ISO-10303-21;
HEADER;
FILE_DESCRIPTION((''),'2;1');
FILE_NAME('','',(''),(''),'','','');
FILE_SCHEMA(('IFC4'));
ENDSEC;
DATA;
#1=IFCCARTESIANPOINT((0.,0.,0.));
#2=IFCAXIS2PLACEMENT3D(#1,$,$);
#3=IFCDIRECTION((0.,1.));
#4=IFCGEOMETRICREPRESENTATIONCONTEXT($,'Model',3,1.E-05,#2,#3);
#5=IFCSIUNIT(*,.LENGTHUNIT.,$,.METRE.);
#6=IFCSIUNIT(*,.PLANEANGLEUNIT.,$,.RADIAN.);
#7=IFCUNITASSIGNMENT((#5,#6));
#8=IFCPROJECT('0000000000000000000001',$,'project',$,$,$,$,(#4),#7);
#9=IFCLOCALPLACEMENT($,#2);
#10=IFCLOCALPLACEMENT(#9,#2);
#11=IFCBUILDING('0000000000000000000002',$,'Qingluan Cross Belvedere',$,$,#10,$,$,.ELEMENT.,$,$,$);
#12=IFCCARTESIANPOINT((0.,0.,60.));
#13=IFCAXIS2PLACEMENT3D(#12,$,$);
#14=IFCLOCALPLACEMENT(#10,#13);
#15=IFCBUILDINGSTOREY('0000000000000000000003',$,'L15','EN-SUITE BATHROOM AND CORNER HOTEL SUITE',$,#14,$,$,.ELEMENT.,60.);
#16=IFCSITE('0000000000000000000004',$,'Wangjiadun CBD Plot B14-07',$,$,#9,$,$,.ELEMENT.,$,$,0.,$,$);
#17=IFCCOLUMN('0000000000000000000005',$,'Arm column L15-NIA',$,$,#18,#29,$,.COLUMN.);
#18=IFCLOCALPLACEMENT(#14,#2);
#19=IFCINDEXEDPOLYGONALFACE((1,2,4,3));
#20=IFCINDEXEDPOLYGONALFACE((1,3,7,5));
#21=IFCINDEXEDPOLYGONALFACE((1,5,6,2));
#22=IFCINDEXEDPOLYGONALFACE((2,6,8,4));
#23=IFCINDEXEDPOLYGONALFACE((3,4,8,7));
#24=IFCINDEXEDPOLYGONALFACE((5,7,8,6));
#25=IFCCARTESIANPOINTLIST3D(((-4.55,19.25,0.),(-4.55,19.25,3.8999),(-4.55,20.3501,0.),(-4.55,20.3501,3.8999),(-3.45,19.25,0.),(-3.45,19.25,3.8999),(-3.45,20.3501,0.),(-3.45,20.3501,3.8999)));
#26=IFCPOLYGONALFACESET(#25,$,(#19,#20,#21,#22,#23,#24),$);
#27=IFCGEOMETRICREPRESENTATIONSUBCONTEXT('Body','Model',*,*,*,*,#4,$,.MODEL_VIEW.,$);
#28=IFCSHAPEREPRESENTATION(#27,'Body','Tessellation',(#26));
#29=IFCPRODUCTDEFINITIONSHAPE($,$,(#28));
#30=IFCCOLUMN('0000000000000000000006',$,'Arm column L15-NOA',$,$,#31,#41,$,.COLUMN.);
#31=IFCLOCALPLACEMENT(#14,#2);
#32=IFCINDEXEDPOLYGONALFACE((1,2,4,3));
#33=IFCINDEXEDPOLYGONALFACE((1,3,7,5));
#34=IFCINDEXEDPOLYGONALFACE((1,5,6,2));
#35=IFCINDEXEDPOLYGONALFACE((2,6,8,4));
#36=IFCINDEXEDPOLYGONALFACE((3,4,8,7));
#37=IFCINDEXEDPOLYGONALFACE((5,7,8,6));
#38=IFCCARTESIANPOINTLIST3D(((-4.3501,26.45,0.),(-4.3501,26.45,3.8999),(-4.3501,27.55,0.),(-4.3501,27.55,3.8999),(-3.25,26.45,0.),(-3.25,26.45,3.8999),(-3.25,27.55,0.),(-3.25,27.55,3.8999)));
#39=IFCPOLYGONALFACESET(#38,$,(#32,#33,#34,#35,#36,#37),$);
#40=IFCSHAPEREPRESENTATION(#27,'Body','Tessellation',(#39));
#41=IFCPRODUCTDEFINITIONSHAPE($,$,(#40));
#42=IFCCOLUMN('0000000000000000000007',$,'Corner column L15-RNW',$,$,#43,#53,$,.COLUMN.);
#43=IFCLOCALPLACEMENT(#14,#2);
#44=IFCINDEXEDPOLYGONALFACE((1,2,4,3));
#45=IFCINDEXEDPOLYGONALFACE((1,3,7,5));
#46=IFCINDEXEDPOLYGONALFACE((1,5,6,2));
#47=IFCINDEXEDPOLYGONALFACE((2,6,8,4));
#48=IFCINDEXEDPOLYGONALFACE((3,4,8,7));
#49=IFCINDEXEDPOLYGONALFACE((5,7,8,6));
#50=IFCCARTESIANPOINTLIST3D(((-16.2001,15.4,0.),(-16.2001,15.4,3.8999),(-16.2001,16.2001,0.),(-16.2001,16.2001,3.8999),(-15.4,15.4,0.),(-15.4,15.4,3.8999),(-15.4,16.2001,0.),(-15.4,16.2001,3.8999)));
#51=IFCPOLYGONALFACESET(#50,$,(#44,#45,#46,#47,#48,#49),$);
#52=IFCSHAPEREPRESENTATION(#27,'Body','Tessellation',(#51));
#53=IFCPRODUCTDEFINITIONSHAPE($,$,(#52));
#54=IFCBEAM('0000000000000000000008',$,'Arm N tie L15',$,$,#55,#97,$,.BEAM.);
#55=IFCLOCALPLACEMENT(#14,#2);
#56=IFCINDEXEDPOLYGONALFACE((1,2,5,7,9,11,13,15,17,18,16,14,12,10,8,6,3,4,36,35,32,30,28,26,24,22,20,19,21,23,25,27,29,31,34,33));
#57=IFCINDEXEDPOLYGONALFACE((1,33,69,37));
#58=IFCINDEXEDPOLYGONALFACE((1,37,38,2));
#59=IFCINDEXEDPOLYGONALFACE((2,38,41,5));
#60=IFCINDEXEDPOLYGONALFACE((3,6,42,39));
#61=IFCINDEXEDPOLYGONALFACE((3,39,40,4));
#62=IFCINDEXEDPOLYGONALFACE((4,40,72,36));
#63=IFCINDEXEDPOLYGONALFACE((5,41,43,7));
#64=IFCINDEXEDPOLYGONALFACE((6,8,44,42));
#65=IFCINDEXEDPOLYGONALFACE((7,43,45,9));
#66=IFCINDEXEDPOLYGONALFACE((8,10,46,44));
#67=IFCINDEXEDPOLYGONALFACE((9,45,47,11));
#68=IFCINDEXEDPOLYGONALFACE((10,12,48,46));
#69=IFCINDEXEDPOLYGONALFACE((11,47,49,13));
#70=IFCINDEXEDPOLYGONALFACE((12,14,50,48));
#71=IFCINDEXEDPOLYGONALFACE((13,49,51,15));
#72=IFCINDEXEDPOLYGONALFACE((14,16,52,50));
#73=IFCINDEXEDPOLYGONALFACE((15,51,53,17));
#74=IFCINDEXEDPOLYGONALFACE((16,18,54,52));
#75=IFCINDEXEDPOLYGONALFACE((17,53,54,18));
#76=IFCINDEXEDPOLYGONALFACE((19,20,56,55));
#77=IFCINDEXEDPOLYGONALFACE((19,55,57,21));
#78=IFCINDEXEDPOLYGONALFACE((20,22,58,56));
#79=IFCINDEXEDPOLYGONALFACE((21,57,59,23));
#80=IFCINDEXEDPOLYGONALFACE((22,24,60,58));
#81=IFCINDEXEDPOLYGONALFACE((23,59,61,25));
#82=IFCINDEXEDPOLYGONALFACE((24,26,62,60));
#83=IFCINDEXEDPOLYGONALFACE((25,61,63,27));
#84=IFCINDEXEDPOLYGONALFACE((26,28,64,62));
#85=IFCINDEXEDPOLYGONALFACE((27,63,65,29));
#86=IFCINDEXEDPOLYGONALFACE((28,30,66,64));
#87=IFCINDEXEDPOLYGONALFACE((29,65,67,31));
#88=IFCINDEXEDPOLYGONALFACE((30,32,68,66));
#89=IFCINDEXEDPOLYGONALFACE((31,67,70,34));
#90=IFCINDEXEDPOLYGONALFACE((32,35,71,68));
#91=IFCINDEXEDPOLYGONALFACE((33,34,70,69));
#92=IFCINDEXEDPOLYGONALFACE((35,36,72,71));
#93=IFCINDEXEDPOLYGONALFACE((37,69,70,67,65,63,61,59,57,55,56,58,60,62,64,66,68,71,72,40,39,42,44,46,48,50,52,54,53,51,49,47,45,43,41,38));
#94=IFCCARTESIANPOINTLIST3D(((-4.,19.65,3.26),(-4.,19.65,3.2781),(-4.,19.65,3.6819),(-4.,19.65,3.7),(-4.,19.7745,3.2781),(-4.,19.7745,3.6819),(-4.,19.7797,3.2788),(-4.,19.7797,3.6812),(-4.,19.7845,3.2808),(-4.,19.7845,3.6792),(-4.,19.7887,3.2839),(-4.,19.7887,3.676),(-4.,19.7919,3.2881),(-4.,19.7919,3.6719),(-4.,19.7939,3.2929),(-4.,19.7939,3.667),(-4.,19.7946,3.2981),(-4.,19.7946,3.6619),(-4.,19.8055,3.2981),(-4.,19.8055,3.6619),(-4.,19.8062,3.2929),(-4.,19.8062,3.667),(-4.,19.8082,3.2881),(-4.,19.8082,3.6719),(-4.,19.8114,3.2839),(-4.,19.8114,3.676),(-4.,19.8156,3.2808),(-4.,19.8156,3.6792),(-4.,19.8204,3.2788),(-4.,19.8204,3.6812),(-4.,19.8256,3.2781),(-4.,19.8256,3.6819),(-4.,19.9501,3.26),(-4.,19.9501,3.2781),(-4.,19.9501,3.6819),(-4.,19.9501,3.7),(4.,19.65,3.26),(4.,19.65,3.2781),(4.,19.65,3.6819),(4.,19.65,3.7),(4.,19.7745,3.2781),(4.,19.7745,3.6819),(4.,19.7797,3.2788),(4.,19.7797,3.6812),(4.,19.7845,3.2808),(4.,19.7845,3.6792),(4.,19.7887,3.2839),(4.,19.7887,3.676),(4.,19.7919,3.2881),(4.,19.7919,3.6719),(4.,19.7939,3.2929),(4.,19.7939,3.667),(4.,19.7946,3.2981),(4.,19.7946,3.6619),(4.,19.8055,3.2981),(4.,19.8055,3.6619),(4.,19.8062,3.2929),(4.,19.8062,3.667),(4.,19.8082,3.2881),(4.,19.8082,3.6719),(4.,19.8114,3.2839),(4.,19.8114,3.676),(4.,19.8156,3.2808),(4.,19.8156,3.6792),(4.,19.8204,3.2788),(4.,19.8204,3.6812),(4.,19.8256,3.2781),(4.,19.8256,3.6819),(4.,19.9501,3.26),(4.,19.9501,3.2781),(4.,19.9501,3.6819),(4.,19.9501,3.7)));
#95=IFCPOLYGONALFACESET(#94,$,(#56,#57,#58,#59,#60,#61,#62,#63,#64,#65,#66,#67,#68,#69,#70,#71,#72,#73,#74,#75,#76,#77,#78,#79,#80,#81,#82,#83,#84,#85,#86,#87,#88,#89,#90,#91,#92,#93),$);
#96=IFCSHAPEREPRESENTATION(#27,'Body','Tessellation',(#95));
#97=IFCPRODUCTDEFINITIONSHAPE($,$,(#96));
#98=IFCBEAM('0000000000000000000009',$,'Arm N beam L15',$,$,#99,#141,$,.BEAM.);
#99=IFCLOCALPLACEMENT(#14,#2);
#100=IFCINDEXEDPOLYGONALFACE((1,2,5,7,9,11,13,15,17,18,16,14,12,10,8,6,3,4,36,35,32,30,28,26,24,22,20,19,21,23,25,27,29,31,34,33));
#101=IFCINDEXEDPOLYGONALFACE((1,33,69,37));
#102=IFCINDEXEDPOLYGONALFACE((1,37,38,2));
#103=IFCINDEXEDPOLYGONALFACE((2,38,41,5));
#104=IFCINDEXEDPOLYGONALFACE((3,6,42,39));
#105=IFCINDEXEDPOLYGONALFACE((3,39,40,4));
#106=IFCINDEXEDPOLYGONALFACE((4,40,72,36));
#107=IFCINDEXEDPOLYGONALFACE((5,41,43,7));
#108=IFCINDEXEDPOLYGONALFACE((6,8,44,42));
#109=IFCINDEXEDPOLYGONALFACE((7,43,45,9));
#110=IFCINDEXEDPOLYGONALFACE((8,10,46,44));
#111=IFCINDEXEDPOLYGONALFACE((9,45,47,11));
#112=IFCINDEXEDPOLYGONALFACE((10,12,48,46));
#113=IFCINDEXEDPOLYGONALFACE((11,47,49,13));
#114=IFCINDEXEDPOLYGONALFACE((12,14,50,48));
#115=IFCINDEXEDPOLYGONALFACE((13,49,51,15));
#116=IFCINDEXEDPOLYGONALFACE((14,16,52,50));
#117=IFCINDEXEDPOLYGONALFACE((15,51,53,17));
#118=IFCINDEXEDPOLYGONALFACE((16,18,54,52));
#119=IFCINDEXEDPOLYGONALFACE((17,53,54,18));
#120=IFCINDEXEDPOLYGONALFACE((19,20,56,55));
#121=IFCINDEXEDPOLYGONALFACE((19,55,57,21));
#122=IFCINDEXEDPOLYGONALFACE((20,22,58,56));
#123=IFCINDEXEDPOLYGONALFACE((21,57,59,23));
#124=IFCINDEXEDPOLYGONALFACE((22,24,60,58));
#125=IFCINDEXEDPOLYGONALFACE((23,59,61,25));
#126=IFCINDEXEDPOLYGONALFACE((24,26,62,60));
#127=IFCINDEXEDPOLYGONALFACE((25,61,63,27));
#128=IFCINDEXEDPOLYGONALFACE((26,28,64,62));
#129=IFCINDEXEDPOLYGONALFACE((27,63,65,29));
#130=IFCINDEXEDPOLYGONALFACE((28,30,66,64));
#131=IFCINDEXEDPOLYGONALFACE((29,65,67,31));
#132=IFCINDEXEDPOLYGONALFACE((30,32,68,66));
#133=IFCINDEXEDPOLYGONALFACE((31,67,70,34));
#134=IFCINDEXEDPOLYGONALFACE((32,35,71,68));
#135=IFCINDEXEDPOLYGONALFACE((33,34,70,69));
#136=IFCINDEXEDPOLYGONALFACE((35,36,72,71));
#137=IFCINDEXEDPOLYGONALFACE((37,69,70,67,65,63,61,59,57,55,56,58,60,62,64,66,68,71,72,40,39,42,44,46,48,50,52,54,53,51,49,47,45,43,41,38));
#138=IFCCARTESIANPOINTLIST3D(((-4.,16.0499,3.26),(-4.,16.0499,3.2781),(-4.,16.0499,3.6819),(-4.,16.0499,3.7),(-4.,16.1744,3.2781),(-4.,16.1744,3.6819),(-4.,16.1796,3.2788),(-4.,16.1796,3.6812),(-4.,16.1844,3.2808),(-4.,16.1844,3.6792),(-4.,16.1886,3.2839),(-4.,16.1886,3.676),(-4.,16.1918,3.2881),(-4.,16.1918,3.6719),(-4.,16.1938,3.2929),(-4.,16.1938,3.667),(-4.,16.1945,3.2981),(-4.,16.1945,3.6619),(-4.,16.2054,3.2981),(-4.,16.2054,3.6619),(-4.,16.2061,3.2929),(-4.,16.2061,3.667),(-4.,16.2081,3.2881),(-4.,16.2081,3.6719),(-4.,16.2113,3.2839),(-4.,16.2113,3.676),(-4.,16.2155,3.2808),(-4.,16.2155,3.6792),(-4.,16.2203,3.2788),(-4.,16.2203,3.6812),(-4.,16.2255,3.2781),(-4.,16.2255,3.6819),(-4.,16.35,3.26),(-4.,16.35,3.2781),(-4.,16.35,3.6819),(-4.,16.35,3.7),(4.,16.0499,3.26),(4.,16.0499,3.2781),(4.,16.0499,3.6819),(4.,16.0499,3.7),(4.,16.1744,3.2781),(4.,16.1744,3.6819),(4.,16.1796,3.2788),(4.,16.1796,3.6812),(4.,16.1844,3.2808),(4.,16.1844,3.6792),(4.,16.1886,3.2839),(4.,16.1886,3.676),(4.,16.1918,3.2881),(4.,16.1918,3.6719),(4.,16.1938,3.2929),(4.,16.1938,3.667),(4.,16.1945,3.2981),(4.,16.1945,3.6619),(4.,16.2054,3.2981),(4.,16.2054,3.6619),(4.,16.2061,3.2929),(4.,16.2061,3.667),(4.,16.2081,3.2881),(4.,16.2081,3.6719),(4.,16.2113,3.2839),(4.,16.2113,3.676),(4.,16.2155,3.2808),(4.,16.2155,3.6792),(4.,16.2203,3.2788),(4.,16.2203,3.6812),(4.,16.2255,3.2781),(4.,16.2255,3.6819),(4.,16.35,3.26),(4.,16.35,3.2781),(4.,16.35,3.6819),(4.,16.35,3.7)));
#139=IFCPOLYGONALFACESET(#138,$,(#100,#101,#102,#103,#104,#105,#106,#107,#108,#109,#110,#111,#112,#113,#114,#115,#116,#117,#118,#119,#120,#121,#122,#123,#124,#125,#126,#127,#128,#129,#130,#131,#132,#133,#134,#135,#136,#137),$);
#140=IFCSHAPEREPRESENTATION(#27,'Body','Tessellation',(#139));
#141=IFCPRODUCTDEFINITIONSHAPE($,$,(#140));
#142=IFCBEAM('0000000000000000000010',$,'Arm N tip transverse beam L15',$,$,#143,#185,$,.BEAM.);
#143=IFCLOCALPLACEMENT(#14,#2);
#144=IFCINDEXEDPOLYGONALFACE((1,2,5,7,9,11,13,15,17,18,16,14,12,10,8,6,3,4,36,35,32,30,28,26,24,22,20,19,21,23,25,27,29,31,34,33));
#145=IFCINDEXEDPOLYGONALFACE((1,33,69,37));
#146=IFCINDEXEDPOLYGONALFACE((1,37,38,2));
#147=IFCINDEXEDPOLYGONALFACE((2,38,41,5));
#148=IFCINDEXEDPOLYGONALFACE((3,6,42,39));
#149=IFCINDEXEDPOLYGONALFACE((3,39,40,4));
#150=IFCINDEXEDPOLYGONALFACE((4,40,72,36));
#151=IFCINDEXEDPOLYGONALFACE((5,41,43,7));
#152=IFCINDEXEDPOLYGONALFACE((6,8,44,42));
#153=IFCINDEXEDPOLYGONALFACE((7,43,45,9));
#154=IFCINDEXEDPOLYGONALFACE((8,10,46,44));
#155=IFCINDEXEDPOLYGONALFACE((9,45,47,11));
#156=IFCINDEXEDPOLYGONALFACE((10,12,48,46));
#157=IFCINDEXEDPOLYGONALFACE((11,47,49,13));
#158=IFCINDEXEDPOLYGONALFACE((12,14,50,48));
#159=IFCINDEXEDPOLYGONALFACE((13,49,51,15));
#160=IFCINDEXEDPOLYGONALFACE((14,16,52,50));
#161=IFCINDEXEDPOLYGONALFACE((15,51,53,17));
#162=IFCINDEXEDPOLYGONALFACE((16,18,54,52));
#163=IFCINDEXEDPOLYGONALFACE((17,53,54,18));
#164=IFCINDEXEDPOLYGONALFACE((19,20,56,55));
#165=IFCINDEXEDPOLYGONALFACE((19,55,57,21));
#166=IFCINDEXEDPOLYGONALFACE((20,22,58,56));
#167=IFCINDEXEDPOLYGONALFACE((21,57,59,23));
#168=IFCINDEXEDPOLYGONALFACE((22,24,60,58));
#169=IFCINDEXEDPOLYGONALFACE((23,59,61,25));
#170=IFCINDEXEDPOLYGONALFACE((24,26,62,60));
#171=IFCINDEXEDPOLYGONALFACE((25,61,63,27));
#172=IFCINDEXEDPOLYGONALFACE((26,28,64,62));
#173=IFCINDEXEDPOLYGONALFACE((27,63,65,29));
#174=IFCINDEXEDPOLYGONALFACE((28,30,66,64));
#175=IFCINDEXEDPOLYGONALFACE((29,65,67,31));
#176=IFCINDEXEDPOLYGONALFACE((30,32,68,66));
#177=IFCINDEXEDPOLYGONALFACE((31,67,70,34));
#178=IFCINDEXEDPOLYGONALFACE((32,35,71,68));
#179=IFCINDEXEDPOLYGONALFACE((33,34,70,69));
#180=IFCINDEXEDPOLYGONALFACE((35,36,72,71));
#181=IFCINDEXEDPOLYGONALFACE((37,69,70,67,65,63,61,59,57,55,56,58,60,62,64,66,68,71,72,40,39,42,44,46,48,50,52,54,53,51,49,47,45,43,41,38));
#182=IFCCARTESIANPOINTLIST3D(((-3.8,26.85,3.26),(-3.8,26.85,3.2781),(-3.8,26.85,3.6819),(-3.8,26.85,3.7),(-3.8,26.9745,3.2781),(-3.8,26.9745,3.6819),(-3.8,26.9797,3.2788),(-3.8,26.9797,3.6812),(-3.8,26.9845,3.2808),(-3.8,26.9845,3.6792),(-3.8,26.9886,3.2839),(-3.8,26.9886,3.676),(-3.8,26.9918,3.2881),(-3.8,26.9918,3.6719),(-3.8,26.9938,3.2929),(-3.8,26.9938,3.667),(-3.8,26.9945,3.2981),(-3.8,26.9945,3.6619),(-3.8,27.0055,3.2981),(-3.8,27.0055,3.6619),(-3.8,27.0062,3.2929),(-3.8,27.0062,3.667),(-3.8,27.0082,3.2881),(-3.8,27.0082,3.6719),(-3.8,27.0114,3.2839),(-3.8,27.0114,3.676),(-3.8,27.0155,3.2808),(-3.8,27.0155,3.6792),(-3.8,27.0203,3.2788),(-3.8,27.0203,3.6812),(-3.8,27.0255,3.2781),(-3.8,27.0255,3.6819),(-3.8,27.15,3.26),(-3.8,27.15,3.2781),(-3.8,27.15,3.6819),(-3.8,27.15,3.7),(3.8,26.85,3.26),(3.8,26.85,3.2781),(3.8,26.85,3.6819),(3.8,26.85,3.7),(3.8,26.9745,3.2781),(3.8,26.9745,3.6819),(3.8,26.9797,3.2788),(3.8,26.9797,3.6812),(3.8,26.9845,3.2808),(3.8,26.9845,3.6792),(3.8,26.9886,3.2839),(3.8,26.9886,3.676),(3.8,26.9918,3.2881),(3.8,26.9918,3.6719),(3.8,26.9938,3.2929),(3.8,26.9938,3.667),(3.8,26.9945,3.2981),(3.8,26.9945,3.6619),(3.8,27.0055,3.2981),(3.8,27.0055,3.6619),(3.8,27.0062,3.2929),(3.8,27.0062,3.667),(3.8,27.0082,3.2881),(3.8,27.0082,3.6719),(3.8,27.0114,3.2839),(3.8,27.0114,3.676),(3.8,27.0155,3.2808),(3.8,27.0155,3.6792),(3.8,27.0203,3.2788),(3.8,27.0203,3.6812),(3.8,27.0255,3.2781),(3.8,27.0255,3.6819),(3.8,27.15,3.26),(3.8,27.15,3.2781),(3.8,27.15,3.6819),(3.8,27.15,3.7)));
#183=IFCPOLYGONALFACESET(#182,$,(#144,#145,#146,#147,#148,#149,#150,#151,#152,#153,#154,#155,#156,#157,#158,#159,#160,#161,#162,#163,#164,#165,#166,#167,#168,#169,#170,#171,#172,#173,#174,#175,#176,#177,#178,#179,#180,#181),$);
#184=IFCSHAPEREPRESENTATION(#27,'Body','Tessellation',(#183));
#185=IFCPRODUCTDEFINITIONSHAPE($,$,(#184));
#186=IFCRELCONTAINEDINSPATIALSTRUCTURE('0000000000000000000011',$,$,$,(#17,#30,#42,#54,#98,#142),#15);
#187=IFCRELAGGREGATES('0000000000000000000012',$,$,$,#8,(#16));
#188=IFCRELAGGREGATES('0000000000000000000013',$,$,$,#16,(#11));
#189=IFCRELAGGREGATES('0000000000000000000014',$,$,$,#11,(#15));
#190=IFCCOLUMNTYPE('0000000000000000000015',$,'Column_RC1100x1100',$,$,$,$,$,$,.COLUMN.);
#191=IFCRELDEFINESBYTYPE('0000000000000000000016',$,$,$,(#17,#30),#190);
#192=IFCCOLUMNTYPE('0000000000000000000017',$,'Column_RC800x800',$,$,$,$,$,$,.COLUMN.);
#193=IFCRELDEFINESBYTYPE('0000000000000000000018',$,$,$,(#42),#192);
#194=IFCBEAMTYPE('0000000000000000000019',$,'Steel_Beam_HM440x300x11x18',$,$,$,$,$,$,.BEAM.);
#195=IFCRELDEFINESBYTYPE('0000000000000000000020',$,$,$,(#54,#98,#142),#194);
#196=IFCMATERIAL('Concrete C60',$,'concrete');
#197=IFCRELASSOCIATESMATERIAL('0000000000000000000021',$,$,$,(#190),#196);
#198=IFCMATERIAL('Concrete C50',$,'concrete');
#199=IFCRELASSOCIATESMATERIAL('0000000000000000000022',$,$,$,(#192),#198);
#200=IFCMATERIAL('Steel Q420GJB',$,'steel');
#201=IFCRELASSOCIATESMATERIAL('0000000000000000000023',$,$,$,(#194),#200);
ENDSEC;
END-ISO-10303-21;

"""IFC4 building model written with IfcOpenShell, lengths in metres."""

from ifc_helpers import new_model, si_unit, direction, frame, origin, origin_2d, place, context, subcontext, project, spatial, rectangle, i_section, extrude, material, material_profile, profile_set, type_object, element, save


model = new_model("IFC4")

# Units and contexts
model_context = context("Model", 3, precision=1e-05, world=origin(), true_north=direction((0.0, 1.0)))
body_context = subcontext(model_context, "Body", "Model", "MODEL_VIEW")
ifc_project = project(units=[si_unit("LENGTHUNIT", "METRE"), si_unit("PLANEANGLEUNIT", "RADIAN")], contexts=[model_context])

# Site, building, storey
site_placement = place(None, origin())
site = spatial("IfcSite", under=ifc_project, at=site_placement, Name="Wangjiadun CBD Plot B14-07", CompositionType="ELEMENT", RefElevation=0.0)
building_placement = place(site_placement, origin())
building = spatial("IfcBuilding", under=site, at=building_placement, Name="Qingluan Cross Belvedere", CompositionType="ELEMENT")
storey_placement = place(building_placement, frame((0.0, 0.0, 60.0)))
storey = spatial("IfcBuildingStorey", under=building, at=storey_placement, Name="L15", Description="EN-SUITE BATHROOM AND CORNER HOTEL SUITE", CompositionType="ELEMENT", Elevation=60.0)

# Columns
ifc_material_1 = material(Name="Concrete C60", Category="concrete")
ifc_material_profile_1 = material_profile(ifc_material_1, rectangle(XDim=1.1001, YDim=1.1001, at=origin_2d()), Name="RC1100x1100")
ifc_profile_set_1 = profile_set([ifc_material_profile_1], Name="Concrete C60")
column_type_1 = type_object("IfcColumnType", Name="Column_RC1100x1100", PredefinedType="COLUMN", material=ifc_profile_set_1)
for number, where, z_axis, x_axis, name in (
    (1, (-4.0, 19.8, 0.0), (0.0, 0.0, 1.0), (1.0, 0.0, 0.0), "Arm column L15-NIA"),
    (2, (-3.8, 27.0, 0.0), (0.0, 0.0, 1.0), (1.0, 0.0, 0.0), "Arm column L15-NOA"),
):
    element("IfcColumn", number, at=place(storey_placement, frame(where, z_axis=z_axis, x_axis=x_axis)), inside=storey, type_object=column_type_1, Name=name, PredefinedType="COLUMN", context=body_context, shape_type="SweptSolid", body=[
        extrude(rectangle(XDim=1.1001, YDim=1.1001, at=origin_2d()), origin(), (0.0, 0.0, 1.0), 3.8999),
    ])
ifc_material_2 = material(Name="Concrete C50", Category="concrete")
ifc_material_profile_2 = material_profile(ifc_material_2, rectangle(XDim=0.8, YDim=0.8, at=origin_2d()), Name="RC800x800")
ifc_profile_set_2 = profile_set([ifc_material_profile_2], Name="Concrete C50")
column_type_2 = type_object("IfcColumnType", Name="Column_RC800x800", PredefinedType="COLUMN", material=ifc_profile_set_2)
column_placement = place(storey_placement, frame((-15.8, 15.8, 0.0), z_axis=(0.0, 0.0, 1.0), x_axis=(1.0, 0.0, 0.0)))
element("IfcColumn", 3, at=column_placement, inside=storey, type_object=column_type_2, Name="Corner column L15-RNW", PredefinedType="COLUMN", context=body_context, shape_type="SweptSolid", body=[
    extrude(rectangle(XDim=0.8, YDim=0.8, at=origin_2d()), origin(), (0.0, 0.0, 1.0), 3.8999),
])

# Beams
ifc_material_3 = material(Name="Steel Q420GJB", Category="steel")
ifc_material_profile_3 = material_profile(ifc_material_3, i_section(OverallWidth=0.3, OverallDepth=0.4399, WebThickness=0.011, FlangeThickness=0.0181, FilletRadius=0.02, at=origin_2d()), Name="HM440x300x11x18")
ifc_profile_set_3 = profile_set([ifc_material_profile_3], Name="Steel Q420GJB")
beam_type_1 = type_object("IfcBeamType", Name="Steel_Beam_HM440x300x11x18", PredefinedType="BEAM", material=ifc_profile_set_3)
for number, where, z_axis, x_axis, name in (
    (4, (-4.0, 19.8, 3.48), (1.0, 0.0, 0.0), (0.0, 1.0, 0.0), "Arm N tie L15"),
    (5, (-4.0, 16.2, 3.48), (1.0, 0.0, 0.0), (0.0, 1.0, 0.0), "Arm N beam L15"),
):
    element("IfcBeam", number, at=place(storey_placement, frame(where, z_axis=z_axis, x_axis=x_axis)), inside=storey, type_object=beam_type_1, Name=name, PredefinedType="BEAM", context=body_context, shape_type="SweptSolid", body=[
        extrude(i_section(OverallWidth=0.3, OverallDepth=0.4399, WebThickness=0.011, FlangeThickness=0.0181, FilletRadius=0.02, at=origin_2d()), origin(), (0.0, 0.0, 1.0), 8.0),
    ])
beam_1_placement = place(storey_placement, frame((-3.8, 27.0, 3.48), z_axis=(1.0, 0.0, 0.0), x_axis=(0.0, 1.0, 0.0)))
element("IfcBeam", 6, at=beam_1_placement, inside=storey, type_object=beam_type_1, Name="Arm N tip transverse beam L15", PredefinedType="BEAM", context=body_context, shape_type="SweptSolid", body=[
    extrude(i_section(OverallWidth=0.3, OverallDepth=0.4399, WebThickness=0.011, FlangeThickness=0.0181, FilletRadius=0.02, at=origin_2d()), origin(), (0.0, 0.0, 1.0), 7.6001),
])

save(model, "model.ifc")
